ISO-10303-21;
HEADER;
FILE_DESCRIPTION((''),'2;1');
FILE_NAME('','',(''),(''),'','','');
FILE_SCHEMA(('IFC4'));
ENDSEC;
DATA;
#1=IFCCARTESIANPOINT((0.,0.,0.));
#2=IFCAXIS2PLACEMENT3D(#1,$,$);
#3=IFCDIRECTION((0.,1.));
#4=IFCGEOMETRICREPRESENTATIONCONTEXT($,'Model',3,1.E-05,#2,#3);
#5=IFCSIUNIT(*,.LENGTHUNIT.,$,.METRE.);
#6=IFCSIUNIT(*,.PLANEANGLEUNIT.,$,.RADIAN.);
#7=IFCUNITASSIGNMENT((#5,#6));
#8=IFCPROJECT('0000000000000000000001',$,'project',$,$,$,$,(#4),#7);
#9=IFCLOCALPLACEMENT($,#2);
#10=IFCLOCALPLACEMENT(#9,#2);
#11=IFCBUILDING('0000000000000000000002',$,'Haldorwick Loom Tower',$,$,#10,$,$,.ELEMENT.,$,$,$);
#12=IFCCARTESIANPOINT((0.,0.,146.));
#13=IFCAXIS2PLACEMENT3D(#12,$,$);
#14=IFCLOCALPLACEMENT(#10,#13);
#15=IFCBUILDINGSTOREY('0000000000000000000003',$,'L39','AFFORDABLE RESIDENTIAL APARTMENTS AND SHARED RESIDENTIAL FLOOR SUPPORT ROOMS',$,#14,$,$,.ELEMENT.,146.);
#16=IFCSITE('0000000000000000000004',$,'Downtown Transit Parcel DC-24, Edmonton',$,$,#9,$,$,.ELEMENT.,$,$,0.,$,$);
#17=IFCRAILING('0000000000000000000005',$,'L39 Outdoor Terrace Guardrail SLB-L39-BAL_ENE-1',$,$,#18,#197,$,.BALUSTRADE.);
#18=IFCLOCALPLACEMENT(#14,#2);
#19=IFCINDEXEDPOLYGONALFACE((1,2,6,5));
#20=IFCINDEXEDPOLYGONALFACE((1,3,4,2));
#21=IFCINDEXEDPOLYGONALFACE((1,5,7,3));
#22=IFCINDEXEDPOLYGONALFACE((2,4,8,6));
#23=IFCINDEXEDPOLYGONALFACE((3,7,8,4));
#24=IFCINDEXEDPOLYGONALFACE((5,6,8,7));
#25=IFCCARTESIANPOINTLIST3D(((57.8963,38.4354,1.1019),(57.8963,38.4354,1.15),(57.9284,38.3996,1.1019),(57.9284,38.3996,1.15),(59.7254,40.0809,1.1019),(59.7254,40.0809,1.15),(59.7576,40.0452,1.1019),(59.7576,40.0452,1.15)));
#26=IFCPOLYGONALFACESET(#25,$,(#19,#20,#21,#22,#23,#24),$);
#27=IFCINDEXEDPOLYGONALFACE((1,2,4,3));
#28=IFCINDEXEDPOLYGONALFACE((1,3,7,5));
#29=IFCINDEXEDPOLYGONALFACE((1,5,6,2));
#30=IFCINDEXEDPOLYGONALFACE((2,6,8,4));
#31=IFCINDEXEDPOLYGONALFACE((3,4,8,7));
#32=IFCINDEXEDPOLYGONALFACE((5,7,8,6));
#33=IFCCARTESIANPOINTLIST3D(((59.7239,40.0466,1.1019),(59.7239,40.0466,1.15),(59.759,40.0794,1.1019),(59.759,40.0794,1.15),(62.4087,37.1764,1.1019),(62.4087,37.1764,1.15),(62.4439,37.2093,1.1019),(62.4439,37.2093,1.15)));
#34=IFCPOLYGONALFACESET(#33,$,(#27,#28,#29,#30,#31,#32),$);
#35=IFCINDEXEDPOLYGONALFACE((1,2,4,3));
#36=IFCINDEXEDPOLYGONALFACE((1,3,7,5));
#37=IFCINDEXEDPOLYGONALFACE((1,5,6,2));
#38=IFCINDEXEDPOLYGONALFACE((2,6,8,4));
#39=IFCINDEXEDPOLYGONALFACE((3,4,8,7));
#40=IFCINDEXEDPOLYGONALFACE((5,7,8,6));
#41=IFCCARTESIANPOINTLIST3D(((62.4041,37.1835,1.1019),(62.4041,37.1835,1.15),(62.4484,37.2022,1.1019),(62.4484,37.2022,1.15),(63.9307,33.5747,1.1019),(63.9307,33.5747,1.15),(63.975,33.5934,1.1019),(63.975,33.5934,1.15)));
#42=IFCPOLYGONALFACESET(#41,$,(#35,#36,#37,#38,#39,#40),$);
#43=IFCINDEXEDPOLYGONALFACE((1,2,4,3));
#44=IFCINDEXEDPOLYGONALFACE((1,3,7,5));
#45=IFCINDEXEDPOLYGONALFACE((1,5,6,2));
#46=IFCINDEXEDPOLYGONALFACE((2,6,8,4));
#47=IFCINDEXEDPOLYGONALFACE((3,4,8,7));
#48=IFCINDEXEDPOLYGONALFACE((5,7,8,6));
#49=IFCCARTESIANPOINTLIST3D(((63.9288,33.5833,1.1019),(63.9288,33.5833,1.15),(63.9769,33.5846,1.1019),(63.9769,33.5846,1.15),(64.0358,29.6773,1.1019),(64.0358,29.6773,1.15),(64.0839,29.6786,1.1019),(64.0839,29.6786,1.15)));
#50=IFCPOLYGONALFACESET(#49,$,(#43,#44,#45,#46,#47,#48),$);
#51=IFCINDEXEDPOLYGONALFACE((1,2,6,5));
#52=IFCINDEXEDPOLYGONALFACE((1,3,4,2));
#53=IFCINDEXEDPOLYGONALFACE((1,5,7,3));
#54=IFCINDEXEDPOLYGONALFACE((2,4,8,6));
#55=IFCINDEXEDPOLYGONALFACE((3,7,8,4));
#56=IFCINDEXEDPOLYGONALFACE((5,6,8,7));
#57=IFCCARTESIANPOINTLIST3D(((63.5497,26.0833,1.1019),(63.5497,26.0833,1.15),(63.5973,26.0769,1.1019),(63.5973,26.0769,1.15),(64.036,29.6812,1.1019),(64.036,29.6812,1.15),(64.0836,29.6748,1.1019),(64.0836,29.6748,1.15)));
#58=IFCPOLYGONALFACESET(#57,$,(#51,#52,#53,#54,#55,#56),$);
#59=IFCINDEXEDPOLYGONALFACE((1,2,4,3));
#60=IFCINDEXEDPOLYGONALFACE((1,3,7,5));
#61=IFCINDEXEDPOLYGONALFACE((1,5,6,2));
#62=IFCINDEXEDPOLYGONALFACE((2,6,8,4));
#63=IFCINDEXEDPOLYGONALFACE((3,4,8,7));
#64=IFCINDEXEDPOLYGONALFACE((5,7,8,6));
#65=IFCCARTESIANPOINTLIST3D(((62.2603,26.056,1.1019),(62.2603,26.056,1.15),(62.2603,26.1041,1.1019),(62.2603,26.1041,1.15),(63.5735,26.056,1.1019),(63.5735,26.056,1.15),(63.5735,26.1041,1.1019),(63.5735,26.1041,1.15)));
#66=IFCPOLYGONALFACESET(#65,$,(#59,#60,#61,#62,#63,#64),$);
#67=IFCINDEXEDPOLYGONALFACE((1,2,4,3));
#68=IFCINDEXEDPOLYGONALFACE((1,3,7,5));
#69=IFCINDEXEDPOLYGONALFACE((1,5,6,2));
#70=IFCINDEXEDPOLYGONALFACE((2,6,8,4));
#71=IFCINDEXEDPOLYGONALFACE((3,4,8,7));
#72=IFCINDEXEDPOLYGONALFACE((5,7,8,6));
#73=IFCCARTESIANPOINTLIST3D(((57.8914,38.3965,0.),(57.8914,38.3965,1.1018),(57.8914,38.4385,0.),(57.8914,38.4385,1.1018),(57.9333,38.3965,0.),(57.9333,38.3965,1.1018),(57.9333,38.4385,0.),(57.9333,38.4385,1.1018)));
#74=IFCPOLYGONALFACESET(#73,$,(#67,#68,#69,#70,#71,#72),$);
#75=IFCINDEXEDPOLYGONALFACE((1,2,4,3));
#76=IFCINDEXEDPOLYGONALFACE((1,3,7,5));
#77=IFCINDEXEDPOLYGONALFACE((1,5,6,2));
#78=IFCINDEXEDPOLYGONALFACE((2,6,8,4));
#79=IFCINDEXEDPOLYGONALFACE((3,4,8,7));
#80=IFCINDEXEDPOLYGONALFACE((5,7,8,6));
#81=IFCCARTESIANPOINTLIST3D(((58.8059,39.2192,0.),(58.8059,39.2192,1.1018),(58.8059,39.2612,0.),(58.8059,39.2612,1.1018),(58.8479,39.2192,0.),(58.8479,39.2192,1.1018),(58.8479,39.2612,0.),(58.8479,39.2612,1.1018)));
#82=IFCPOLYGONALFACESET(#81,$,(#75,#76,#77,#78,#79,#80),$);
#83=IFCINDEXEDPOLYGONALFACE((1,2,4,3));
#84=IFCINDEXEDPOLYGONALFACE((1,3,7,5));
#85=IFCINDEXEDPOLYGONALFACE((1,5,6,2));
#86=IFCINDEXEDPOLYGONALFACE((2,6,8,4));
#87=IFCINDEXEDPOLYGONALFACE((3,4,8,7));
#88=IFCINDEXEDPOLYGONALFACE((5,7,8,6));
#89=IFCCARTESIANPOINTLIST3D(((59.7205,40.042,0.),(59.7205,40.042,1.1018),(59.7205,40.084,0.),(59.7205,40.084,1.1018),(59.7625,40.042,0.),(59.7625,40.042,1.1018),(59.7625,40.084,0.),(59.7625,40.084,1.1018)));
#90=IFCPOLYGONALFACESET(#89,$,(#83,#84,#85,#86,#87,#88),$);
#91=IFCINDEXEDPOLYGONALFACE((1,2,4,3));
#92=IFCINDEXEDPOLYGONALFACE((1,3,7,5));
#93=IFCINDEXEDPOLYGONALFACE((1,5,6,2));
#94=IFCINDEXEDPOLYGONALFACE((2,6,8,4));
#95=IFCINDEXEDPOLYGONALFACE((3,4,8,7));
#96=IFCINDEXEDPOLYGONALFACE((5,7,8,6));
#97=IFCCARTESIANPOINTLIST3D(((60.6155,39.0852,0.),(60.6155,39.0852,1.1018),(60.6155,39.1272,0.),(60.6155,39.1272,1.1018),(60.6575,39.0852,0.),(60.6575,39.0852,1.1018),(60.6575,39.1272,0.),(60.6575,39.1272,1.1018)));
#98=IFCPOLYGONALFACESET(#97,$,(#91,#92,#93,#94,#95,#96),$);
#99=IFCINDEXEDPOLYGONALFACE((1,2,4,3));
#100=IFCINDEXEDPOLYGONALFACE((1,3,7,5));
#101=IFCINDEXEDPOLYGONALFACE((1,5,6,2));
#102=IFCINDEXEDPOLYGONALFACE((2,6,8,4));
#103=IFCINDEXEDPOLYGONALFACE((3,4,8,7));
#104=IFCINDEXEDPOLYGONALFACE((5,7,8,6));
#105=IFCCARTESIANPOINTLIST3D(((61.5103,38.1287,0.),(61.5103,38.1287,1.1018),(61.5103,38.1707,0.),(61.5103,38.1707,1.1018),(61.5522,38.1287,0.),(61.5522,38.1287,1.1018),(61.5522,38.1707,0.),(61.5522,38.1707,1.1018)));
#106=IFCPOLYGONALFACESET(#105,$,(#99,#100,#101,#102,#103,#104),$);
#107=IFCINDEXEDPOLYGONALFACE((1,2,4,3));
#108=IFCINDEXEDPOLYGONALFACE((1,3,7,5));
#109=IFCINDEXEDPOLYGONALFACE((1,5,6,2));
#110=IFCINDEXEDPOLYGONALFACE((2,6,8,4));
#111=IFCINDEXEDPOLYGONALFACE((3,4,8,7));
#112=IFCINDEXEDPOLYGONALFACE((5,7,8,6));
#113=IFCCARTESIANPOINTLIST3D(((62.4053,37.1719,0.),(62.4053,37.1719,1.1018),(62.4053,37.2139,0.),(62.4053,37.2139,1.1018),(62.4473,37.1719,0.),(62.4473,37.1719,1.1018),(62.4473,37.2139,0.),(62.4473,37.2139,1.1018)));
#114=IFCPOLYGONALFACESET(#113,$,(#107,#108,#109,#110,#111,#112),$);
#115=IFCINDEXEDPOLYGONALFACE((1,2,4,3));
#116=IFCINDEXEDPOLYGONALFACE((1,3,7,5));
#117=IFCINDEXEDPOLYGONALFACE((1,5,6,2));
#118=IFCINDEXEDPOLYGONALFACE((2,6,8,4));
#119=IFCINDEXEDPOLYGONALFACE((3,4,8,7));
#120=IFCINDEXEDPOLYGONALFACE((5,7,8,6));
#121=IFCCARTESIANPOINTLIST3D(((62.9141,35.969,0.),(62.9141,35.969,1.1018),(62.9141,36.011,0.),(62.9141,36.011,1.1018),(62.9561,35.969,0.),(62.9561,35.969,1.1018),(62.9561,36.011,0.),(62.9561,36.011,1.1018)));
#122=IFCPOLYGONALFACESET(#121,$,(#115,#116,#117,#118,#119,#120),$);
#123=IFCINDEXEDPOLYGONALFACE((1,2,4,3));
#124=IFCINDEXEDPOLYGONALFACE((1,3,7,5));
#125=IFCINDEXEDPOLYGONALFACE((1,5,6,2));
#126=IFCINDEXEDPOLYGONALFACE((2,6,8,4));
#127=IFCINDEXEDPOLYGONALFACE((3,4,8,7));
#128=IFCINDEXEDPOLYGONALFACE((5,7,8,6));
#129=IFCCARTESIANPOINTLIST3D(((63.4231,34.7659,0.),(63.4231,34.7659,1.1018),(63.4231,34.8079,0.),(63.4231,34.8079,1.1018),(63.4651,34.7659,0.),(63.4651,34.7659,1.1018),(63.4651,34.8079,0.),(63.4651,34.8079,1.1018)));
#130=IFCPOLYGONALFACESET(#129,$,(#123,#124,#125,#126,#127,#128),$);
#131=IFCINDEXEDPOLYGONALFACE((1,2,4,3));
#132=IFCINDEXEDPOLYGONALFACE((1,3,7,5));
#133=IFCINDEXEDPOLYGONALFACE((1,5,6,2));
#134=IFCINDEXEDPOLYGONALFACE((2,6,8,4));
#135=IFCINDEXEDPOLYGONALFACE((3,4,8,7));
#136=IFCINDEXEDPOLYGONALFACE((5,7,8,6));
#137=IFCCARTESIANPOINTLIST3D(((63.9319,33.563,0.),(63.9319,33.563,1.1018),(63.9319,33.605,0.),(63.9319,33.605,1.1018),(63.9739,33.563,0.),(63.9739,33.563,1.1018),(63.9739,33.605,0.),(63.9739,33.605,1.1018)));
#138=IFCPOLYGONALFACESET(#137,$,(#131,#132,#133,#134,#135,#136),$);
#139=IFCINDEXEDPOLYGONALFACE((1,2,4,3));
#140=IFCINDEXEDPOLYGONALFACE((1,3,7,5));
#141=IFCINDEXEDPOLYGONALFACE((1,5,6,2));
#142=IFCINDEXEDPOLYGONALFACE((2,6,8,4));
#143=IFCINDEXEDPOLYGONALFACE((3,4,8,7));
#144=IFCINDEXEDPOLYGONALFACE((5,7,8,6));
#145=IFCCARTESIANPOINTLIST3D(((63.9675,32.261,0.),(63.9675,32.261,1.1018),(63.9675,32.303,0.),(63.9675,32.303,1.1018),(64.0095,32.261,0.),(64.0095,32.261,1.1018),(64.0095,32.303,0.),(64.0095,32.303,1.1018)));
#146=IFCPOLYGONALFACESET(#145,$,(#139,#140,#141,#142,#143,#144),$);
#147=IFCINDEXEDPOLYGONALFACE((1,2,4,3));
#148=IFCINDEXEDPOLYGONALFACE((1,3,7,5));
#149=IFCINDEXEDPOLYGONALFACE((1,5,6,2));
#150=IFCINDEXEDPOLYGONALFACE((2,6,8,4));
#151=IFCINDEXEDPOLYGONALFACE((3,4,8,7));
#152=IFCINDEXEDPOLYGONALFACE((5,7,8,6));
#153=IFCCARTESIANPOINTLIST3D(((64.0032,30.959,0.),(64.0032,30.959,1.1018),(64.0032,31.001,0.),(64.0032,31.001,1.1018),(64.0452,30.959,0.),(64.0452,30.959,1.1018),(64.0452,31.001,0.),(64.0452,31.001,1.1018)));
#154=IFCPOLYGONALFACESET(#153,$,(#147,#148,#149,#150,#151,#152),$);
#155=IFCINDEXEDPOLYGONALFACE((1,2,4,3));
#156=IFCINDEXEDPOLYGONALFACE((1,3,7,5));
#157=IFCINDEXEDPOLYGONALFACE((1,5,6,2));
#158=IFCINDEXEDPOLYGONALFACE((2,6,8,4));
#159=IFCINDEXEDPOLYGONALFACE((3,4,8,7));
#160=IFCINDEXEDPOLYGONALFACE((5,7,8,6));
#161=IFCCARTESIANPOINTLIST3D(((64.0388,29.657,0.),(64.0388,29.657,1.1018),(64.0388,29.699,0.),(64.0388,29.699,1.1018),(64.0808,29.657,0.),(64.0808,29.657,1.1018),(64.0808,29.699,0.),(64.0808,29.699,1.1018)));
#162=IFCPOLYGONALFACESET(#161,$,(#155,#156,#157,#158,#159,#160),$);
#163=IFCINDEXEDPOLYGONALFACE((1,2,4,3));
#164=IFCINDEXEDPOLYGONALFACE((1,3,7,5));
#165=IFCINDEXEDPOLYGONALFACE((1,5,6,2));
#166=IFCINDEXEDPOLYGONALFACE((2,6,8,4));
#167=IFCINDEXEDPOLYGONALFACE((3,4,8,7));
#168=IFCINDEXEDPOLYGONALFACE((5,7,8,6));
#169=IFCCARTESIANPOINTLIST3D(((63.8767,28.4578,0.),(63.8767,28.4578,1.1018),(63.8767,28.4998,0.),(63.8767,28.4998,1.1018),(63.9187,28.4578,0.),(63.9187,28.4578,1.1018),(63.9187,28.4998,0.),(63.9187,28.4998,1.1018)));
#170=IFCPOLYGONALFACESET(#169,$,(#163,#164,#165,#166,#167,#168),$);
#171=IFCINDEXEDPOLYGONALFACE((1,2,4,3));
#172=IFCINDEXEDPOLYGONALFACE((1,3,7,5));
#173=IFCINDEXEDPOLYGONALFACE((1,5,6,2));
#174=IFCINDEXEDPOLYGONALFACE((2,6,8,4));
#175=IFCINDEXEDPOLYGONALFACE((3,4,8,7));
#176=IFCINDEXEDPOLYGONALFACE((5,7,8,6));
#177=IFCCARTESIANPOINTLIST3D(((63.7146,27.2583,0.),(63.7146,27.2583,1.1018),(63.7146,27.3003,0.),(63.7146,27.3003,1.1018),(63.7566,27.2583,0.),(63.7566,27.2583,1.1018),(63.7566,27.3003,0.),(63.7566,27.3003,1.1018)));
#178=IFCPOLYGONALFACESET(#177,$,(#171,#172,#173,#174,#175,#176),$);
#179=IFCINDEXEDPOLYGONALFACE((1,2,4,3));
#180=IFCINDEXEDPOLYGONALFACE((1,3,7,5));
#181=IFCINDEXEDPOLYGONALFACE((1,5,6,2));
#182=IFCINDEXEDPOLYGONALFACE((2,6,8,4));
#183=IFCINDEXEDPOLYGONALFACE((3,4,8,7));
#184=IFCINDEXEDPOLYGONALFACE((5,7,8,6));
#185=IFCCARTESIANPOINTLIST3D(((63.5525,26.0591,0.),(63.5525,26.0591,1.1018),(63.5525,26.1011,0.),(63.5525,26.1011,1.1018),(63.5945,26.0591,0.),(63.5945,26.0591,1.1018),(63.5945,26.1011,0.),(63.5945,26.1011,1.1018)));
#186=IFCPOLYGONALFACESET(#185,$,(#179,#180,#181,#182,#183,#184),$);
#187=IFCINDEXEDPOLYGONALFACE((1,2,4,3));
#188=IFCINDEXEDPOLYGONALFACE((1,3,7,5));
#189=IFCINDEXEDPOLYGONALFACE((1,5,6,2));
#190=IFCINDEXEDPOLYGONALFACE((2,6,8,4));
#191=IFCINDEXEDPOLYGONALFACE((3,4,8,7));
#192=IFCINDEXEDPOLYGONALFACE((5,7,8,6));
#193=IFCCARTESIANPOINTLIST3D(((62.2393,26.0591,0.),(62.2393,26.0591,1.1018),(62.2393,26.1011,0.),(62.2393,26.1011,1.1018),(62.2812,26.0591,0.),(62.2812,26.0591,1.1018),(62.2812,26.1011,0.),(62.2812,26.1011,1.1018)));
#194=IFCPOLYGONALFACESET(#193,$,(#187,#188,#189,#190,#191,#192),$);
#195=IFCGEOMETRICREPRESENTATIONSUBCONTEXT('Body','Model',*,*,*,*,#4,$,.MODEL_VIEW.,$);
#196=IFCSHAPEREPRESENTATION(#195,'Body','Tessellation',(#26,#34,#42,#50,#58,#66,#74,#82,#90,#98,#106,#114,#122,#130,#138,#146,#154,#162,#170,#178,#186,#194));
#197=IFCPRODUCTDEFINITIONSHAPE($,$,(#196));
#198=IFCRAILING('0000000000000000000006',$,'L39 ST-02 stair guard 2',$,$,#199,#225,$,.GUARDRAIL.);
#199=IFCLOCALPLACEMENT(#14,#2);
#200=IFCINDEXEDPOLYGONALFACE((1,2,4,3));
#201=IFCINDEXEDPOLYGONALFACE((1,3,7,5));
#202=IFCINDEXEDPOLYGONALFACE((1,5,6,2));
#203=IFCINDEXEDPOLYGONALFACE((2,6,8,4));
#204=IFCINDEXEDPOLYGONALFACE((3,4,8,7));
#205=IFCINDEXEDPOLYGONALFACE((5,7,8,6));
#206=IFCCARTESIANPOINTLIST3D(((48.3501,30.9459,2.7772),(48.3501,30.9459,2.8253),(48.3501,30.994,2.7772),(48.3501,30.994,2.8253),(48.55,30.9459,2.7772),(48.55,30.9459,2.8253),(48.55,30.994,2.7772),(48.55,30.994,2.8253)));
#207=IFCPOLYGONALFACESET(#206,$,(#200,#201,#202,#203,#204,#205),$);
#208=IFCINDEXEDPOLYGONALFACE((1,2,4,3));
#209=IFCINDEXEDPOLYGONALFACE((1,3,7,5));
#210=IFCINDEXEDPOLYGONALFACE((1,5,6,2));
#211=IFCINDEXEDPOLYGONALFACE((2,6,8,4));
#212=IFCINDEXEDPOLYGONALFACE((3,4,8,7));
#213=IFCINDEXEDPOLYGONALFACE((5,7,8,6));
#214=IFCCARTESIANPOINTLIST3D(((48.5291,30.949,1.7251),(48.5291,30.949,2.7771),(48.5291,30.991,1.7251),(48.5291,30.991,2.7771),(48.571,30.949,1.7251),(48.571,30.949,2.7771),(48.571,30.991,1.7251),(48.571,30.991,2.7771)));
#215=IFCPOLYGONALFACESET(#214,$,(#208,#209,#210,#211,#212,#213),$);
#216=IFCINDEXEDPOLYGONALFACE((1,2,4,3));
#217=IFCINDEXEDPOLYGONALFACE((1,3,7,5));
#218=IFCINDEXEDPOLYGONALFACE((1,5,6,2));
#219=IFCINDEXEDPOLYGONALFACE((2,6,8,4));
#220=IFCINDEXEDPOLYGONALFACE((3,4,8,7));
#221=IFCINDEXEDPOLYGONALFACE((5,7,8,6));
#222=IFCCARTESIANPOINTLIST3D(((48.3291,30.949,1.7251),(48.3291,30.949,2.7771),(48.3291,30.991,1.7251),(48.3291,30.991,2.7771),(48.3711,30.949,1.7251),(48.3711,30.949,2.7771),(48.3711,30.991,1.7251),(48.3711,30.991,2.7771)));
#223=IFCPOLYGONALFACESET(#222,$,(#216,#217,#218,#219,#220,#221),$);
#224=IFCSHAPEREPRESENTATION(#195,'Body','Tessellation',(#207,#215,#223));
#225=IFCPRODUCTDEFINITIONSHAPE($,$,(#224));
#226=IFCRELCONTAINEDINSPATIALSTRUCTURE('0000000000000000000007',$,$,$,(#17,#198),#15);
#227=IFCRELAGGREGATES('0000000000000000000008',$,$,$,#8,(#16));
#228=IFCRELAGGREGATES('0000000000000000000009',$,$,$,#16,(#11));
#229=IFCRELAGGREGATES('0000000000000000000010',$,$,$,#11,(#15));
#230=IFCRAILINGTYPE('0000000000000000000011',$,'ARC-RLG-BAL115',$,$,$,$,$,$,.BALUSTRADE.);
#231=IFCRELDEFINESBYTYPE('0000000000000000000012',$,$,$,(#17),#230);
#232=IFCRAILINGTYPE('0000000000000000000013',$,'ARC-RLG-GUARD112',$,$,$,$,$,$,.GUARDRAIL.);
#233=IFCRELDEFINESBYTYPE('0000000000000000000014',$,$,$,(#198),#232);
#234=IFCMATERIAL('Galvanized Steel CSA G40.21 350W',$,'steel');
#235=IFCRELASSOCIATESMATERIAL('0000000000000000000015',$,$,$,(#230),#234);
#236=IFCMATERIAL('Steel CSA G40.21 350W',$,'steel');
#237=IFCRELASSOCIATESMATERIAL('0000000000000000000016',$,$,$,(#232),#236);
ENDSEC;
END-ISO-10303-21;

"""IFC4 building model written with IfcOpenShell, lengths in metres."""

from ifc_helpers import new_model, si_unit, direction, frame, origin, origin_2d, place, context, subcontext, project, spatial, rectangle, extrude, material, type_object, element, save


model = new_model("IFC4")

# Units and contexts
model_context = context("Model", 3, precision=1e-05, world=origin(), true_north=direction((0.0, 1.0)))
body_context = subcontext(model_context, "Body", "Model", "MODEL_VIEW")
ifc_project = project(units=[si_unit("LENGTHUNIT", "METRE"), si_unit("PLANEANGLEUNIT", "RADIAN")], contexts=[model_context])

# Site, building, storey
site_placement = place(None, origin())
site = spatial("IfcSite", under=ifc_project, at=site_placement, Name="Downtown Transit Parcel DC-24, Edmonton", CompositionType="ELEMENT", RefElevation=0.0)
building_placement = place(site_placement, origin())
building = spatial("IfcBuilding", under=site, at=building_placement, Name="Haldorwick Loom Tower", CompositionType="ELEMENT")
storey_placement = place(building_placement, frame((0.0, 0.0, 146.0)))
storey = spatial("IfcBuildingStorey", under=building, at=storey_placement, Name="L39", Description="AFFORDABLE RESIDENTIAL APARTMENTS AND SHARED RESIDENTIAL FLOOR SUPPORT ROOMS", CompositionType="ELEMENT", Elevation=146.0)

# Shared definitions
ifc_material_1 = material(Name="Steel CSA G40.21 350W", Category="steel")

# Railings
ifc_material_2 = material(Name="Galvanized Steel CSA G40.21 350W", Category="steel")
railing_type_1 = type_object("IfcRailingType", Name="ARC-RLG-BAL115", PredefinedType="BALUSTRADE", material=ifc_material_2)
railing_1_placement = place(storey_placement, frame((57.9124, 38.4175, 0.0)))
element("IfcRailing", 1, at=railing_1_placement, inside=storey, type_object=railing_type_1, Name="L39 Outdoor Terrace Guardrail SLB-L39-BAL_ENE-1", PredefinedType="BALUSTRADE", context=body_context, shape_type="SweptSolid", body=[
    extrude(rectangle(XDim=0.0481, YDim=0.0481, at=origin_2d()), frame((0.0, 0.0, 1.126), z_axis=(0.743432, 0.668811, 0.0), x_axis=(-0.668811, 0.743432, 0.0)), (0.0, 0.0, 1.0), 2.4604),
    extrude(rectangle(XDim=0.0481, YDim=0.0481, at=origin_2d()), frame((1.8291, 1.6455, 1.126), z_axis=(0.683139, -0.730288, 0.0), x_axis=(0.730288, 0.683139, 0.0)), (0.0, 0.0, 1.0), 3.9302),
    extrude(rectangle(XDim=0.0481, YDim=0.0481, at=origin_2d()), frame((4.5139, -1.2246, 1.126), z_axis=(0.389591, -0.920988, 0.0), x_axis=(0.920988, 0.389591, 0.0)), (0.0, 0.0, 1.0), 3.9185),
    extrude(rectangle(XDim=0.0481, YDim=0.0481, at=origin_2d()), frame((6.0405, -4.8335, 1.126), z_axis=(0.027366, -0.999625, 0.0), x_axis=(0.999625, 0.027366, 0.0)), (0.0, 0.0, 1.0), 3.9075),
    extrude(rectangle(XDim=0.0481, YDim=0.0481, at=origin_2d()), frame((6.1475, -8.7395, 1.126), z_axis=(-0.133952, -0.990988, 0.0), x_axis=(0.990988, -0.133952, 0.0)), (0.0, 0.0, 1.0), 3.6306),
    extrude(rectangle(XDim=0.0481, YDim=0.0481, at=origin_2d()), frame((5.6611, -12.3374, 1.126), z_axis=(-1.0, 0.0, 0.0), x_axis=(0.0, -1.0, 0.0)), (0.0, 0.0, 1.0), 1.3132),
    extrude(rectangle(XDim=0.042, YDim=0.042, at=origin_2d()), origin(), (0.0, 0.0, 1.0), 1.1018),
    extrude(rectangle(XDim=0.042, YDim=0.042, at=origin_2d()), frame((0.9146, 0.8228, 0.0)), (0.0, 0.0, 1.0), 1.1018),
    extrude(rectangle(XDim=0.042, YDim=0.042, at=origin_2d()), frame((1.8291, 1.6455, 0.0)), (0.0, 0.0, 1.0), 1.1018),
    extrude(rectangle(XDim=0.042, YDim=0.042, at=origin_2d()), frame((2.7241, 0.6887, 0.0)), (0.0, 0.0, 1.0), 1.1018),
    extrude(rectangle(XDim=0.042, YDim=0.042, at=origin_2d()), frame((3.6189, -0.2678, 0.0)), (0.0, 0.0, 1.0), 1.1018),
    extrude(rectangle(XDim=0.042, YDim=0.042, at=origin_2d()), frame((4.5139, -1.2246, 0.0)), (0.0, 0.0, 1.0), 1.1018),
    extrude(rectangle(XDim=0.042, YDim=0.042, at=origin_2d()), frame((5.0227, -2.4275, 0.0)), (0.0, 0.0, 1.0), 1.1018),
    extrude(rectangle(XDim=0.042, YDim=0.042, at=origin_2d()), frame((5.5317, -3.6306, 0.0)), (0.0, 0.0, 1.0), 1.1018),
    extrude(rectangle(XDim=0.042, YDim=0.042, at=origin_2d()), frame((6.0405, -4.8335, 0.0)), (0.0, 0.0, 1.0), 1.1018),
    extrude(rectangle(XDim=0.042, YDim=0.042, at=origin_2d()), frame((6.0762, -6.1355, 0.0)), (0.0, 0.0, 1.0), 1.1018),
    extrude(rectangle(XDim=0.042, YDim=0.042, at=origin_2d()), frame((6.1118, -7.4375, 0.0)), (0.0, 0.0, 1.0), 1.1018),
    extrude(rectangle(XDim=0.042, YDim=0.042, at=origin_2d()), frame((6.1475, -8.7395, 0.0)), (0.0, 0.0, 1.0), 1.1018),
    extrude(rectangle(XDim=0.042, YDim=0.042, at=origin_2d()), frame((5.9854, -9.9387, 0.0)), (0.0, 0.0, 1.0), 1.1018),
    extrude(rectangle(XDim=0.042, YDim=0.042, at=origin_2d()), frame((5.8232, -11.1382, 0.0)), (0.0, 0.0, 1.0), 1.1018),
    extrude(rectangle(XDim=0.042, YDim=0.042, at=origin_2d()), frame((5.6611, -12.3374, 0.0)), (0.0, 0.0, 1.0), 1.1018),
    extrude(rectangle(XDim=0.042, YDim=0.042, at=origin_2d()), frame((4.3479, -12.3374, 0.0)), (0.0, 0.0, 1.0), 1.1018),
])
railing_type_2 = type_object("IfcRailingType", Name="ARC-RLG-GUARD112", PredefinedType="GUARDRAIL", material=ifc_material_1)
railing_2_placement = place(storey_placement, frame((48.55, 30.97, 1.7251)))
element("IfcRailing", 2, at=railing_2_placement, inside=storey, type_object=railing_type_2, Name="L39 ST-02 stair guard 2", PredefinedType="GUARDRAIL", context=body_context, shape_type="SweptSolid", body=[
    extrude(rectangle(XDim=0.0481, YDim=0.0481, at=origin_2d()), frame((0.0, 0.0, 1.0762), z_axis=(-1.0, 0.0, 0.0), x_axis=(0.0, -1.0, 0.0)), (0.0, 0.0, 1.0), 0.2),
    extrude(rectangle(XDim=0.042, YDim=0.042, at=origin_2d()), origin(), (0.0, 0.0, 1.0), 1.052),
    extrude(rectangle(XDim=0.042, YDim=0.042, at=origin_2d()), frame((-0.2, 0.0, 0.0)), (0.0, 0.0, 1.0), 1.052),
])

save(model, "model.ifc")
